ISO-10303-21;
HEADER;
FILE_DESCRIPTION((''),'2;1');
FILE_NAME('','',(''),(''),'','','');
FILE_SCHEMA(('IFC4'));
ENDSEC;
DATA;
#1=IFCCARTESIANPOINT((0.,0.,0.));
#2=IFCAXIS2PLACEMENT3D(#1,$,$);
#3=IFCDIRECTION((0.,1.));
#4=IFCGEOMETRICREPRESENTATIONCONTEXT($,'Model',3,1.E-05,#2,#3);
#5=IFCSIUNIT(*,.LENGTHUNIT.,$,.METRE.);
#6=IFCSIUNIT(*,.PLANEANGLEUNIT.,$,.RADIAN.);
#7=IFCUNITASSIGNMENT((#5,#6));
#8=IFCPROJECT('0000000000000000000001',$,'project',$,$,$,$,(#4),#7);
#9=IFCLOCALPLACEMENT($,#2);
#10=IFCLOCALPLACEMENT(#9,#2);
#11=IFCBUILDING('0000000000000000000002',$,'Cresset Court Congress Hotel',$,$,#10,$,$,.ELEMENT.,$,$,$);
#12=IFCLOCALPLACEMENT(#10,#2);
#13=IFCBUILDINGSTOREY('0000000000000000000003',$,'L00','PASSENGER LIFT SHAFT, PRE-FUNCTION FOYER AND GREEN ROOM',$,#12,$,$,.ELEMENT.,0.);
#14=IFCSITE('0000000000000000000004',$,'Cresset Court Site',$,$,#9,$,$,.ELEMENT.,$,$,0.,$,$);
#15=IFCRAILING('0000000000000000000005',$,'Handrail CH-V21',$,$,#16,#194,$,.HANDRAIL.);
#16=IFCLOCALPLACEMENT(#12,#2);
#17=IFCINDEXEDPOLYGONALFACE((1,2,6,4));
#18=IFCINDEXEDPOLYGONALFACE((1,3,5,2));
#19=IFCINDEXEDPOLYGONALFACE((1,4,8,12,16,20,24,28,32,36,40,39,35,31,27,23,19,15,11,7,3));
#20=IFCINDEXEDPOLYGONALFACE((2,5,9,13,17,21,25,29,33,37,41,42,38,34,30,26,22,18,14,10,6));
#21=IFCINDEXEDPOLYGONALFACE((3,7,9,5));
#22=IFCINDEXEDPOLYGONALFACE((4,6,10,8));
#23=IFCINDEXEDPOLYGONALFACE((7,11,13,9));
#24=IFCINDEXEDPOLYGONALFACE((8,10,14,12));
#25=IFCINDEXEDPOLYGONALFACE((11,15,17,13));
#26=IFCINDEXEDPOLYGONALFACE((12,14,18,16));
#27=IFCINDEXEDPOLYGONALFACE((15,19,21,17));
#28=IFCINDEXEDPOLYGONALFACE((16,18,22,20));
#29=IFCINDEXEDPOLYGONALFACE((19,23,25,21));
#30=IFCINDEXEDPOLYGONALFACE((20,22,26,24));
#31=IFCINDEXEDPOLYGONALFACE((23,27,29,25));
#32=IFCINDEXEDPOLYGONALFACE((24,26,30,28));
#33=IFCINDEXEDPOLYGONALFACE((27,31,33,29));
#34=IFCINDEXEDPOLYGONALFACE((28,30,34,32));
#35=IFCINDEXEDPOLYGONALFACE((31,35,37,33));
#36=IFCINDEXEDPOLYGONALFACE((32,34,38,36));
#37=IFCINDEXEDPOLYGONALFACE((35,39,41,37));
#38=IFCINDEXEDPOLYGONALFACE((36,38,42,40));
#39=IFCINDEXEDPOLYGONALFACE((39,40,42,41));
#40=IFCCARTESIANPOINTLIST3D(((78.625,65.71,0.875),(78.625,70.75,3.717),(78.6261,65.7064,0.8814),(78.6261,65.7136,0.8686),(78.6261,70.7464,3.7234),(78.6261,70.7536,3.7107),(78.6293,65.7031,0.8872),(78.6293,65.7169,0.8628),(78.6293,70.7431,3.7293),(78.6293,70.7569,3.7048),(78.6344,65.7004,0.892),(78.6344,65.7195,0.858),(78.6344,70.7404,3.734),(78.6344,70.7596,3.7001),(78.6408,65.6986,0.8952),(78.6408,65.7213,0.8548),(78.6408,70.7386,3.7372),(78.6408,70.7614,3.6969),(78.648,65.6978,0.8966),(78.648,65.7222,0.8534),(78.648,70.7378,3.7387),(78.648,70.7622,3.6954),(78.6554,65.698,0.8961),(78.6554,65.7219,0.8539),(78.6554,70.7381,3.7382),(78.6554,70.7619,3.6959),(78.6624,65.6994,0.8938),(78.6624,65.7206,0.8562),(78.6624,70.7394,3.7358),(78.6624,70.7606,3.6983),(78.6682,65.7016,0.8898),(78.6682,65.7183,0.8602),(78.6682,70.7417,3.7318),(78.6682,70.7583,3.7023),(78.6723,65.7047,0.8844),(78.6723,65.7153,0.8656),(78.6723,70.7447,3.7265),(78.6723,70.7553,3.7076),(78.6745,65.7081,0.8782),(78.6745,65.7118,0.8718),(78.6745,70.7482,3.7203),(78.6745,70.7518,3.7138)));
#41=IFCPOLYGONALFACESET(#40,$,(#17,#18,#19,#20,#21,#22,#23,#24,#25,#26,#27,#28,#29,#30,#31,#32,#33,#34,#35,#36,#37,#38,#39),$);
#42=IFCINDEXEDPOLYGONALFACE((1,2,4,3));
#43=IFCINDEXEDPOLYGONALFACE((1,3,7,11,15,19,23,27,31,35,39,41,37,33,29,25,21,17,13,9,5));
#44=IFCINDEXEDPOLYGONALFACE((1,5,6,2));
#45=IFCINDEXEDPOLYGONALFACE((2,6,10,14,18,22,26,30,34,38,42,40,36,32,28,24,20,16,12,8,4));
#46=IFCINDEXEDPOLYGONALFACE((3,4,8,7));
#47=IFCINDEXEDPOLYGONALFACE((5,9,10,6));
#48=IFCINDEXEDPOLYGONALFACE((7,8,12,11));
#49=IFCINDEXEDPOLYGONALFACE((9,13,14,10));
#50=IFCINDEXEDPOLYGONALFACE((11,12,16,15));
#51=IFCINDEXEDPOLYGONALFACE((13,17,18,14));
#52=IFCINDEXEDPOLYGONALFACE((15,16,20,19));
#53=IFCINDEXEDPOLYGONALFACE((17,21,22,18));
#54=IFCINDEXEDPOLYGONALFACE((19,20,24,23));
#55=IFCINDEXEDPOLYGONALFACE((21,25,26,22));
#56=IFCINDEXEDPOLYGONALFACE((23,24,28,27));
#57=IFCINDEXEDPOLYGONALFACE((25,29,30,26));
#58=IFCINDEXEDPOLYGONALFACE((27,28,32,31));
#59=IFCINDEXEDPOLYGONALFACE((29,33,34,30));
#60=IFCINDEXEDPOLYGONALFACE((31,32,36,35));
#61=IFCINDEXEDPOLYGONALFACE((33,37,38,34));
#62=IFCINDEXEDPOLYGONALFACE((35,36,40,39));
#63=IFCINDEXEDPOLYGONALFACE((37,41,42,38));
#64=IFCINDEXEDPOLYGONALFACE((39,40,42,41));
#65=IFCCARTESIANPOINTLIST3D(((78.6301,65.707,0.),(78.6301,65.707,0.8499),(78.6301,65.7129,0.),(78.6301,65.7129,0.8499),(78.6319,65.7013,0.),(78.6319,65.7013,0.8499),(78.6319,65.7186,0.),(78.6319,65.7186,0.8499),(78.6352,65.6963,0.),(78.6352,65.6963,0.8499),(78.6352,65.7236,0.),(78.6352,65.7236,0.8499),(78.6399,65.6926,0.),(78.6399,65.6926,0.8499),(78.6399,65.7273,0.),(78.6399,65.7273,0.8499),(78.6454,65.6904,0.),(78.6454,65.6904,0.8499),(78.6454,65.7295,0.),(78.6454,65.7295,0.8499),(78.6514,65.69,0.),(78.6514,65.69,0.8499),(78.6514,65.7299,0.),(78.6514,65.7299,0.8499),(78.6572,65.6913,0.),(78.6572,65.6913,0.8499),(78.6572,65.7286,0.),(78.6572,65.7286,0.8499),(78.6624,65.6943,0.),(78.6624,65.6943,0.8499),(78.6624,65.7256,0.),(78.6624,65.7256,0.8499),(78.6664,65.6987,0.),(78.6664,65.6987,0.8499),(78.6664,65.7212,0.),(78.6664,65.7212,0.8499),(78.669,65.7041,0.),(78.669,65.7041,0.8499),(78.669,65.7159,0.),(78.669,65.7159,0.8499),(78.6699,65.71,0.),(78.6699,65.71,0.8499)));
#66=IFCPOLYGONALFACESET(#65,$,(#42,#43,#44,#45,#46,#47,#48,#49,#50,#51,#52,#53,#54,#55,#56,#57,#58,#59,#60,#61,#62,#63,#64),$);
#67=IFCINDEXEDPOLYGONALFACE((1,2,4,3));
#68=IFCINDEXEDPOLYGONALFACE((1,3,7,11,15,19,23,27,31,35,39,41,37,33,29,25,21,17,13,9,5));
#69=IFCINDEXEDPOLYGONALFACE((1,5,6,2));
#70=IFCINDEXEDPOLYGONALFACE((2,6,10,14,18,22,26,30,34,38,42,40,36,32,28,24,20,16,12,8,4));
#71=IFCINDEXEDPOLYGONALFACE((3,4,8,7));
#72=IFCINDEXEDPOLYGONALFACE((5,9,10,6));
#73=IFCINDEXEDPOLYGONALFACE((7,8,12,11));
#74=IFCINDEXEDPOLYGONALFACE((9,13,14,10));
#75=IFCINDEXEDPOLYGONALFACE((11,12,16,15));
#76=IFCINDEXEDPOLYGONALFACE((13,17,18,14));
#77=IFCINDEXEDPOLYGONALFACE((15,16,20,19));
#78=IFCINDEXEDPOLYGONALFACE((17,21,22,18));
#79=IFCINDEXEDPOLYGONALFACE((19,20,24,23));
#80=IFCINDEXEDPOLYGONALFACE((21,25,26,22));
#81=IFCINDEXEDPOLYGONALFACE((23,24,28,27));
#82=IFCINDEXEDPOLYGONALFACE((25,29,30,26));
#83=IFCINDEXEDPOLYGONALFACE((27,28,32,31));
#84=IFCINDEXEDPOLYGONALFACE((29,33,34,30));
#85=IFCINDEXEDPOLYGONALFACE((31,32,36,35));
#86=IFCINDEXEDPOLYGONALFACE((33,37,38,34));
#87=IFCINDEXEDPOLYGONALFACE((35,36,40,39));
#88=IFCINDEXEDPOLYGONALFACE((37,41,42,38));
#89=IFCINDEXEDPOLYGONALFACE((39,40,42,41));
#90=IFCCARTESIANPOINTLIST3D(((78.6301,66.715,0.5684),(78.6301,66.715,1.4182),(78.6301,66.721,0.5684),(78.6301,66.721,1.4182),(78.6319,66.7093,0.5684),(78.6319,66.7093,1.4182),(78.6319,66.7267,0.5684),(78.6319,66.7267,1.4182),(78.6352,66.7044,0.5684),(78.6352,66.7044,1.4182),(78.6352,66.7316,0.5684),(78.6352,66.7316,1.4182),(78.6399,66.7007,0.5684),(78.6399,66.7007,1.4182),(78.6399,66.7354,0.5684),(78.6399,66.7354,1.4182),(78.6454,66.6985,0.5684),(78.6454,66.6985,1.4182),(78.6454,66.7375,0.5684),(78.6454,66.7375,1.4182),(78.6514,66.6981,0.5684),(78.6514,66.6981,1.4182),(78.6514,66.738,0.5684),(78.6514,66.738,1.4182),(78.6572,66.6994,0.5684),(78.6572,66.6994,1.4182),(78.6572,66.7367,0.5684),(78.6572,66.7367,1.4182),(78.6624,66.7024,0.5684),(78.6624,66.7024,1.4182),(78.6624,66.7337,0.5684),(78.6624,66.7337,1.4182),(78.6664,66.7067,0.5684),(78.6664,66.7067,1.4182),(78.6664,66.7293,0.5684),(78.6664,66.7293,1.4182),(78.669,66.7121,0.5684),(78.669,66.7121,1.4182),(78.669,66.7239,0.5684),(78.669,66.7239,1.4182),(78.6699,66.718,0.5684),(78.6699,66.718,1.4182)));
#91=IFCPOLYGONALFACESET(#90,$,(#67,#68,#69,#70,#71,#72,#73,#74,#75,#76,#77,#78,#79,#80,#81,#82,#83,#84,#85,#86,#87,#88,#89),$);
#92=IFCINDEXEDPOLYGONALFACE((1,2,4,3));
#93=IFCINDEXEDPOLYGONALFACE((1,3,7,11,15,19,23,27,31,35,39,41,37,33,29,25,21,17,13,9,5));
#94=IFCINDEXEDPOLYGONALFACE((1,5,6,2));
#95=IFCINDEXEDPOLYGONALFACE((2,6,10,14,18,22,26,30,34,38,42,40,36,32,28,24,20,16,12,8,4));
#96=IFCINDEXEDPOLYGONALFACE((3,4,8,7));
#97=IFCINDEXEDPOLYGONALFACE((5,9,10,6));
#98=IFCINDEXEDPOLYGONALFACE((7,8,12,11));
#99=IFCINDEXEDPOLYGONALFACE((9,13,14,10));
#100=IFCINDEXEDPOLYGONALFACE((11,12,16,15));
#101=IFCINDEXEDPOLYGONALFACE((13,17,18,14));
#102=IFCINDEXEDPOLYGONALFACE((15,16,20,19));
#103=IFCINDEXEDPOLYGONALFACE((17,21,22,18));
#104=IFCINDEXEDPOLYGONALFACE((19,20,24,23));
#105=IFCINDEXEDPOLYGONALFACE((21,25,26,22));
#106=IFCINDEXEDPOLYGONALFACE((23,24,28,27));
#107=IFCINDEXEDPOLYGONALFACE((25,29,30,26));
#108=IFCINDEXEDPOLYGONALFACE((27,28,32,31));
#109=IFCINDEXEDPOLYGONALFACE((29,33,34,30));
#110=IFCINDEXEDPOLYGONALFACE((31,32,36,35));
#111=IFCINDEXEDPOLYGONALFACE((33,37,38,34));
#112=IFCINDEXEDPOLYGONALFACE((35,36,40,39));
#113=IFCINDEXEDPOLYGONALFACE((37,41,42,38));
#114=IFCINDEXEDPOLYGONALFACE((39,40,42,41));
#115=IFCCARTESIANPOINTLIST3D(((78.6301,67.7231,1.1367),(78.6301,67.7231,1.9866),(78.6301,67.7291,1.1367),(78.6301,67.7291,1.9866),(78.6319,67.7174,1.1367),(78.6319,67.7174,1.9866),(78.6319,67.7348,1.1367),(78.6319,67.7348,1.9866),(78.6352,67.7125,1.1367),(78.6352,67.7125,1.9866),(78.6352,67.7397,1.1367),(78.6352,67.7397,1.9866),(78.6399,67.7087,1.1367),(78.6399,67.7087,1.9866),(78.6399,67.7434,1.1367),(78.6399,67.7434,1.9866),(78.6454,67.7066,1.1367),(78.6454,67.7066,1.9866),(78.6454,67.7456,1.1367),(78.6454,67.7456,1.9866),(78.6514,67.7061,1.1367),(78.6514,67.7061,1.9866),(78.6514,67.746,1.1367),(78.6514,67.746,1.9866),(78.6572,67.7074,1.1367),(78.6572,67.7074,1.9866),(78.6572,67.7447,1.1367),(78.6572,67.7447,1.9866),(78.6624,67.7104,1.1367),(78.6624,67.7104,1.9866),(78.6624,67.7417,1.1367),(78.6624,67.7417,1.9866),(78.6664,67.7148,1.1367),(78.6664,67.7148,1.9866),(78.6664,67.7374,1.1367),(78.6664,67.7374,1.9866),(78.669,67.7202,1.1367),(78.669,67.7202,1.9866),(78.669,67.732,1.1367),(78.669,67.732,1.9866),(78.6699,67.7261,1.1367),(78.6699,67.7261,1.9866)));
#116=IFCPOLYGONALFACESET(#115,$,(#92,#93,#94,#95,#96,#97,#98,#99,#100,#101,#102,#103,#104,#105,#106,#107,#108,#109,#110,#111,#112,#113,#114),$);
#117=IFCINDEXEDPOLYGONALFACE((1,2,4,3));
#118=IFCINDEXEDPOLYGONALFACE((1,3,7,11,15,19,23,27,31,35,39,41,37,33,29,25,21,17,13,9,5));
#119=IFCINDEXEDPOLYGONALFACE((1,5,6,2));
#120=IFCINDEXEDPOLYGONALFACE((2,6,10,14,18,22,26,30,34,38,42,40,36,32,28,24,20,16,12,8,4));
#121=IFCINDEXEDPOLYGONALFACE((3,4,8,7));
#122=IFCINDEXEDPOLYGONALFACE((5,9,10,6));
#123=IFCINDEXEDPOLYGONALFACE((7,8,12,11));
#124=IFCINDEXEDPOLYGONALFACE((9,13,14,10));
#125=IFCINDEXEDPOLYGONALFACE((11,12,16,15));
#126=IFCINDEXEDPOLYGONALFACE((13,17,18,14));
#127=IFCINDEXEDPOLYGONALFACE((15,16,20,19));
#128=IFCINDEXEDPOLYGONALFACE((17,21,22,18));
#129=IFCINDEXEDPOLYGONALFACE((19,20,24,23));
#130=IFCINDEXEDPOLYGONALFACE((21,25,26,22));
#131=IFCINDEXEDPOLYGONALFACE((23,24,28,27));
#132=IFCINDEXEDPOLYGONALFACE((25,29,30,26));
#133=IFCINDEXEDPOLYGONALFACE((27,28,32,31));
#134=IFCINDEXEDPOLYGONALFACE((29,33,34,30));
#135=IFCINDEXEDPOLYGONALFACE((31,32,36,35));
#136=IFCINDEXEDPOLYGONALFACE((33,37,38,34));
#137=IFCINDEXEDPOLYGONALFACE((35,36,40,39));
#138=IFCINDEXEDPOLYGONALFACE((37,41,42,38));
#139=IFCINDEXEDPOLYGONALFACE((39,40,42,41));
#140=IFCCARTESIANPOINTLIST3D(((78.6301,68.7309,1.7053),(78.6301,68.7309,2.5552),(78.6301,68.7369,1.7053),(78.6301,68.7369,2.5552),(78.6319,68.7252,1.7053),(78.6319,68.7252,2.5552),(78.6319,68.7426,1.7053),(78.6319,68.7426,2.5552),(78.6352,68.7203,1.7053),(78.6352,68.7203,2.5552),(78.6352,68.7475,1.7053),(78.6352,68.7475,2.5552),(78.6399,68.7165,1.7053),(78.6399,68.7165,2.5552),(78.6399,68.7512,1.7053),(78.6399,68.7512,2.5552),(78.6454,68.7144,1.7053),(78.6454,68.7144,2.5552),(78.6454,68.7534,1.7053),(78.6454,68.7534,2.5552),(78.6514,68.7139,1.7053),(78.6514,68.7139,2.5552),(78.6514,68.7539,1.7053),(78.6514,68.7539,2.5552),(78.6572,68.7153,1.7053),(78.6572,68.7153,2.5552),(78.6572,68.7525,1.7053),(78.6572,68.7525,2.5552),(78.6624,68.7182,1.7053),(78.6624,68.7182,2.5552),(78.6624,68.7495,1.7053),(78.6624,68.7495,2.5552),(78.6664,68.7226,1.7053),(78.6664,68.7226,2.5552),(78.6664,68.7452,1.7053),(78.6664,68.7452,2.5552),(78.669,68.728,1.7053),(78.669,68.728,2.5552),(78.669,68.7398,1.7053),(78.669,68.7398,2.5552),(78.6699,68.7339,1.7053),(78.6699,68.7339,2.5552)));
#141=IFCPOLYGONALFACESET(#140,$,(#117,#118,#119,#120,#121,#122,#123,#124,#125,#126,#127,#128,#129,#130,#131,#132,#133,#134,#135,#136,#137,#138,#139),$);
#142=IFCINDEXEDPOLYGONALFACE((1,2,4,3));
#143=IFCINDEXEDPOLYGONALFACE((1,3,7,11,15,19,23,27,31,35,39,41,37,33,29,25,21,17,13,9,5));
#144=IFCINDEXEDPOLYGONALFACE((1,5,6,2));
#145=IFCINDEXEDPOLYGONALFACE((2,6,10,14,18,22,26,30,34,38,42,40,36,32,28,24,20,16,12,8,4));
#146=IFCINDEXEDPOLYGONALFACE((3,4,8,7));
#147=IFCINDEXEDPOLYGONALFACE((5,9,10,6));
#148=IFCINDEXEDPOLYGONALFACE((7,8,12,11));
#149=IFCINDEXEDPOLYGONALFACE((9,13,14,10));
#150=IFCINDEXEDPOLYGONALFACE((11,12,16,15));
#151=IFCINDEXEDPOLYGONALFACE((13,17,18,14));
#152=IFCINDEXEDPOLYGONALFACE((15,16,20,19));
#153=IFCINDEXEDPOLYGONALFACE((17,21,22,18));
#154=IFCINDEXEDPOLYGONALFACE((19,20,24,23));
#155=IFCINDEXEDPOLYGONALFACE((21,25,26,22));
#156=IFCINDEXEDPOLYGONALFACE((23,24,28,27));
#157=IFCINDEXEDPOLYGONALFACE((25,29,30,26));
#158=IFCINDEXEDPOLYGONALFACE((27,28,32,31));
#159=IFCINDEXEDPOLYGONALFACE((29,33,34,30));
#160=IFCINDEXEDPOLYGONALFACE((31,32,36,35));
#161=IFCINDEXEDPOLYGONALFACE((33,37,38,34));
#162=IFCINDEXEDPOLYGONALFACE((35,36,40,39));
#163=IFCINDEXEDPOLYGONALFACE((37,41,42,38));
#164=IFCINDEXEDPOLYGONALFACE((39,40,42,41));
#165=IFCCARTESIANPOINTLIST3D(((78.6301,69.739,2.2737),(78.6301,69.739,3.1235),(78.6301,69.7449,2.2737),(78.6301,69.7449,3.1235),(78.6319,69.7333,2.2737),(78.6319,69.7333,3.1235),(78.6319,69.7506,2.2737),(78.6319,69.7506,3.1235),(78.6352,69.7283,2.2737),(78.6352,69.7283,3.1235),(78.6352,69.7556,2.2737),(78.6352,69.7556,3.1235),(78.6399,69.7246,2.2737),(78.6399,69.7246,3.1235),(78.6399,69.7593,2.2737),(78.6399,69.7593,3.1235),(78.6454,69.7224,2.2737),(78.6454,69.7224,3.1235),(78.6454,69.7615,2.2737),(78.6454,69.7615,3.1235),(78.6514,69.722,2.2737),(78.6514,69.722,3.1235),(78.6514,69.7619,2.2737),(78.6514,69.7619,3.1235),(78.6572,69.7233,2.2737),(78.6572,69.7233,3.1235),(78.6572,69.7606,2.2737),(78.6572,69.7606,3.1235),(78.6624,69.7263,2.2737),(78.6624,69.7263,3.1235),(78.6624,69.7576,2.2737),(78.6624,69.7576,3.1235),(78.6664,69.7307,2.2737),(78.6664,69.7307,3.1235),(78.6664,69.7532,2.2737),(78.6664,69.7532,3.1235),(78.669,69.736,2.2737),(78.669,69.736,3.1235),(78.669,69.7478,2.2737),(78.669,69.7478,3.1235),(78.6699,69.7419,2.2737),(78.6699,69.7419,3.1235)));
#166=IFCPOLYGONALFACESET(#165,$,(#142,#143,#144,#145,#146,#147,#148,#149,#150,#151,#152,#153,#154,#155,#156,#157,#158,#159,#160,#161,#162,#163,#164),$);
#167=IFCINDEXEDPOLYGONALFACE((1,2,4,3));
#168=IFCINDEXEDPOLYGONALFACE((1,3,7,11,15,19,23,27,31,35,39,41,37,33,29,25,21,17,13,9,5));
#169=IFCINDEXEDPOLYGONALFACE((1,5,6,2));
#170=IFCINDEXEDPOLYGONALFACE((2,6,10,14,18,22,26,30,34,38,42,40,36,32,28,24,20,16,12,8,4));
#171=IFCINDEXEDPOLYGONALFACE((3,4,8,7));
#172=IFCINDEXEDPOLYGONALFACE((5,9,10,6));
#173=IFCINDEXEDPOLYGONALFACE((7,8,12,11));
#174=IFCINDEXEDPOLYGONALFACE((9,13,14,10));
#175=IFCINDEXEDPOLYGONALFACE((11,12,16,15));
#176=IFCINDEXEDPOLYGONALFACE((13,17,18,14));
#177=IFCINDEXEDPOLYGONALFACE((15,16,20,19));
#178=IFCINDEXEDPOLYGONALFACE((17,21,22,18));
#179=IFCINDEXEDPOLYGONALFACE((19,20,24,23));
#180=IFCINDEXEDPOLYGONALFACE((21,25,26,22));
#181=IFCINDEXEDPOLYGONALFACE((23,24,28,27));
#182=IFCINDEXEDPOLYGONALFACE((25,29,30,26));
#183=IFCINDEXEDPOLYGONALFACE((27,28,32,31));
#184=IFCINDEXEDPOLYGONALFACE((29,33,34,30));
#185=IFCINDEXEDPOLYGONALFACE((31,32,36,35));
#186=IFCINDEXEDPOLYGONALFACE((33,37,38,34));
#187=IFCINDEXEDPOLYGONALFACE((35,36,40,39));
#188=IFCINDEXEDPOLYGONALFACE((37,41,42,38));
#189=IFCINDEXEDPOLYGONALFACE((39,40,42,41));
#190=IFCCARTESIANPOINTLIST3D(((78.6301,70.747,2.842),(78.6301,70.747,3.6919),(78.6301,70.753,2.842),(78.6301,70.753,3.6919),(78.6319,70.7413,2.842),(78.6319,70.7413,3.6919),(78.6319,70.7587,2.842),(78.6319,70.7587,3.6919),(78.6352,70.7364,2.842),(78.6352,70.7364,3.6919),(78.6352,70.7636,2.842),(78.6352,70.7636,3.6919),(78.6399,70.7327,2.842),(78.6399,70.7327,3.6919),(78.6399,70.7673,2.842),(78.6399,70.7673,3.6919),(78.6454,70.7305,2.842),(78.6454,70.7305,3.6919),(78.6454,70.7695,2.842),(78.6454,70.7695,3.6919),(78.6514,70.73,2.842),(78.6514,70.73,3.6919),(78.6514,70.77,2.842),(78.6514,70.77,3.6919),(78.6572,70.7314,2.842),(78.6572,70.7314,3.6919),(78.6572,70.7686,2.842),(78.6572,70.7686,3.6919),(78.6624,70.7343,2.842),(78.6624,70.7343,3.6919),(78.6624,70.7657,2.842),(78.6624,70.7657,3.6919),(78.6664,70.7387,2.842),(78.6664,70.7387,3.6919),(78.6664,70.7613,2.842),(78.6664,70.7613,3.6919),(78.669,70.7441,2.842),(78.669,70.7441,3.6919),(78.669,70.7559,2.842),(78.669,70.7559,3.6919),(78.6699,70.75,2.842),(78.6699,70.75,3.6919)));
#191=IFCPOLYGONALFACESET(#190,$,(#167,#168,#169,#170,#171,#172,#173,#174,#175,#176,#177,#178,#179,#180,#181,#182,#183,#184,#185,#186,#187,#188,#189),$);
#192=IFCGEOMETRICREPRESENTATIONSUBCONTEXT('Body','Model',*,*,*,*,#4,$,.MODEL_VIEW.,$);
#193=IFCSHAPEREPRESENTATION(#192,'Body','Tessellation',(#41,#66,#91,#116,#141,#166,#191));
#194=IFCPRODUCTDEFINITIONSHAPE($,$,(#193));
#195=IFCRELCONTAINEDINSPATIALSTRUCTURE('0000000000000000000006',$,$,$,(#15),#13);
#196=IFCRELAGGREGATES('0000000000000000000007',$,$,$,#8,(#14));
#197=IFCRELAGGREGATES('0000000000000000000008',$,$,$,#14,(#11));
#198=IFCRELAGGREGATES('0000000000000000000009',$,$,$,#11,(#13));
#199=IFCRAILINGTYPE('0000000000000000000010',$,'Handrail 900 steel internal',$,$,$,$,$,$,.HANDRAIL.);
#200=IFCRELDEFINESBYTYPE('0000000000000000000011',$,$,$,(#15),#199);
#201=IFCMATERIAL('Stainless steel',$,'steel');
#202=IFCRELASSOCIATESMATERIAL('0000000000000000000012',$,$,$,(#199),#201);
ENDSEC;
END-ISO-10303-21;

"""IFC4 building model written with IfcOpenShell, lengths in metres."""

from ifc_helpers import new_model, si_unit, direction, frame, origin, origin_2d, place, context, subcontext, project, spatial, circle, extrude, material, type_object, element, save


model = new_model("IFC4")

# Units and contexts
model_context = context("Model", 3, precision=1e-05, world=origin(), true_north=direction((0.0, 1.0)))
body_context = subcontext(model_context, "Body", "Model", "MODEL_VIEW")
ifc_project = project(units=[si_unit("LENGTHUNIT", "METRE"), si_unit("PLANEANGLEUNIT", "RADIAN")], contexts=[model_context])

# Site, building, storey
site_placement = place(None, origin())
site = spatial("IfcSite", under=ifc_project, at=site_placement, Name="Cresset Court Site", CompositionType="ELEMENT", RefElevation=0.0)
building_placement = place(site_placement, origin())
building = spatial("IfcBuilding", under=site, at=building_placement, Name="Cresset Court Congress Hotel", CompositionType="ELEMENT")
storey_placement = place(building_placement, origin())
storey = spatial("IfcBuildingStorey", under=building, at=storey_placement, Name="L00", Description="PASSENGER LIFT SHAFT, PRE-FUNCTION FOYER AND GREEN ROOM", CompositionType="ELEMENT", Elevation=0.0)

# Railing
ifc_material_1 = material(Name="Stainless steel", Category="steel")
railing_type_1 = type_object("IfcRailingType", Name="Handrail 900 steel internal", PredefinedType="HANDRAIL", material=ifc_material_1)
for number, where, name in (
    (1, (78.6499, 65.71, 0.0), "Handrail CH-V21"),
):
    element("IfcRailing", number, at=place(storey_placement, frame(where)), inside=storey, type_object=railing_type_1, Name=name, PredefinedType="HANDRAIL", context=body_context, shape_type="SweptSolid", body=[
        extrude(circle(Radius=0.0249, at=origin_2d()), frame((0.0, 0.0, 0.875), z_axis=(0.0, 0.871057, 0.491182), x_axis=(-1.0, 0.0, 0.0)), (0.0, 0.0, 1.0), 5.7861),
        extrude(circle(Radius=0.02, at=origin_2d()), origin(), (0.0, 0.0, 1.0), 0.8499),
        extrude(circle(Radius=0.02, at=origin_2d()), frame((0.0, 1.0081, 0.5684)), (0.0, 0.0, 1.0), 0.8499),
        extrude(circle(Radius=0.02, at=origin_2d()), frame((0.0, 2.0161, 1.1367)), (0.0, 0.0, 1.0), 0.8499),
        extrude(circle(Radius=0.02, at=origin_2d()), frame((0.0, 3.0239, 1.7053)), (0.0, 0.0, 1.0), 0.8499),
        extrude(circle(Radius=0.02, at=origin_2d()), frame((0.0, 4.032, 2.2737)), (0.0, 0.0, 1.0), 0.8499),
        extrude(circle(Radius=0.02, at=origin_2d()), frame((0.0, 5.04, 2.842)), (0.0, 0.0, 1.0), 0.8499),
    ])

save(model, "model.ifc")
